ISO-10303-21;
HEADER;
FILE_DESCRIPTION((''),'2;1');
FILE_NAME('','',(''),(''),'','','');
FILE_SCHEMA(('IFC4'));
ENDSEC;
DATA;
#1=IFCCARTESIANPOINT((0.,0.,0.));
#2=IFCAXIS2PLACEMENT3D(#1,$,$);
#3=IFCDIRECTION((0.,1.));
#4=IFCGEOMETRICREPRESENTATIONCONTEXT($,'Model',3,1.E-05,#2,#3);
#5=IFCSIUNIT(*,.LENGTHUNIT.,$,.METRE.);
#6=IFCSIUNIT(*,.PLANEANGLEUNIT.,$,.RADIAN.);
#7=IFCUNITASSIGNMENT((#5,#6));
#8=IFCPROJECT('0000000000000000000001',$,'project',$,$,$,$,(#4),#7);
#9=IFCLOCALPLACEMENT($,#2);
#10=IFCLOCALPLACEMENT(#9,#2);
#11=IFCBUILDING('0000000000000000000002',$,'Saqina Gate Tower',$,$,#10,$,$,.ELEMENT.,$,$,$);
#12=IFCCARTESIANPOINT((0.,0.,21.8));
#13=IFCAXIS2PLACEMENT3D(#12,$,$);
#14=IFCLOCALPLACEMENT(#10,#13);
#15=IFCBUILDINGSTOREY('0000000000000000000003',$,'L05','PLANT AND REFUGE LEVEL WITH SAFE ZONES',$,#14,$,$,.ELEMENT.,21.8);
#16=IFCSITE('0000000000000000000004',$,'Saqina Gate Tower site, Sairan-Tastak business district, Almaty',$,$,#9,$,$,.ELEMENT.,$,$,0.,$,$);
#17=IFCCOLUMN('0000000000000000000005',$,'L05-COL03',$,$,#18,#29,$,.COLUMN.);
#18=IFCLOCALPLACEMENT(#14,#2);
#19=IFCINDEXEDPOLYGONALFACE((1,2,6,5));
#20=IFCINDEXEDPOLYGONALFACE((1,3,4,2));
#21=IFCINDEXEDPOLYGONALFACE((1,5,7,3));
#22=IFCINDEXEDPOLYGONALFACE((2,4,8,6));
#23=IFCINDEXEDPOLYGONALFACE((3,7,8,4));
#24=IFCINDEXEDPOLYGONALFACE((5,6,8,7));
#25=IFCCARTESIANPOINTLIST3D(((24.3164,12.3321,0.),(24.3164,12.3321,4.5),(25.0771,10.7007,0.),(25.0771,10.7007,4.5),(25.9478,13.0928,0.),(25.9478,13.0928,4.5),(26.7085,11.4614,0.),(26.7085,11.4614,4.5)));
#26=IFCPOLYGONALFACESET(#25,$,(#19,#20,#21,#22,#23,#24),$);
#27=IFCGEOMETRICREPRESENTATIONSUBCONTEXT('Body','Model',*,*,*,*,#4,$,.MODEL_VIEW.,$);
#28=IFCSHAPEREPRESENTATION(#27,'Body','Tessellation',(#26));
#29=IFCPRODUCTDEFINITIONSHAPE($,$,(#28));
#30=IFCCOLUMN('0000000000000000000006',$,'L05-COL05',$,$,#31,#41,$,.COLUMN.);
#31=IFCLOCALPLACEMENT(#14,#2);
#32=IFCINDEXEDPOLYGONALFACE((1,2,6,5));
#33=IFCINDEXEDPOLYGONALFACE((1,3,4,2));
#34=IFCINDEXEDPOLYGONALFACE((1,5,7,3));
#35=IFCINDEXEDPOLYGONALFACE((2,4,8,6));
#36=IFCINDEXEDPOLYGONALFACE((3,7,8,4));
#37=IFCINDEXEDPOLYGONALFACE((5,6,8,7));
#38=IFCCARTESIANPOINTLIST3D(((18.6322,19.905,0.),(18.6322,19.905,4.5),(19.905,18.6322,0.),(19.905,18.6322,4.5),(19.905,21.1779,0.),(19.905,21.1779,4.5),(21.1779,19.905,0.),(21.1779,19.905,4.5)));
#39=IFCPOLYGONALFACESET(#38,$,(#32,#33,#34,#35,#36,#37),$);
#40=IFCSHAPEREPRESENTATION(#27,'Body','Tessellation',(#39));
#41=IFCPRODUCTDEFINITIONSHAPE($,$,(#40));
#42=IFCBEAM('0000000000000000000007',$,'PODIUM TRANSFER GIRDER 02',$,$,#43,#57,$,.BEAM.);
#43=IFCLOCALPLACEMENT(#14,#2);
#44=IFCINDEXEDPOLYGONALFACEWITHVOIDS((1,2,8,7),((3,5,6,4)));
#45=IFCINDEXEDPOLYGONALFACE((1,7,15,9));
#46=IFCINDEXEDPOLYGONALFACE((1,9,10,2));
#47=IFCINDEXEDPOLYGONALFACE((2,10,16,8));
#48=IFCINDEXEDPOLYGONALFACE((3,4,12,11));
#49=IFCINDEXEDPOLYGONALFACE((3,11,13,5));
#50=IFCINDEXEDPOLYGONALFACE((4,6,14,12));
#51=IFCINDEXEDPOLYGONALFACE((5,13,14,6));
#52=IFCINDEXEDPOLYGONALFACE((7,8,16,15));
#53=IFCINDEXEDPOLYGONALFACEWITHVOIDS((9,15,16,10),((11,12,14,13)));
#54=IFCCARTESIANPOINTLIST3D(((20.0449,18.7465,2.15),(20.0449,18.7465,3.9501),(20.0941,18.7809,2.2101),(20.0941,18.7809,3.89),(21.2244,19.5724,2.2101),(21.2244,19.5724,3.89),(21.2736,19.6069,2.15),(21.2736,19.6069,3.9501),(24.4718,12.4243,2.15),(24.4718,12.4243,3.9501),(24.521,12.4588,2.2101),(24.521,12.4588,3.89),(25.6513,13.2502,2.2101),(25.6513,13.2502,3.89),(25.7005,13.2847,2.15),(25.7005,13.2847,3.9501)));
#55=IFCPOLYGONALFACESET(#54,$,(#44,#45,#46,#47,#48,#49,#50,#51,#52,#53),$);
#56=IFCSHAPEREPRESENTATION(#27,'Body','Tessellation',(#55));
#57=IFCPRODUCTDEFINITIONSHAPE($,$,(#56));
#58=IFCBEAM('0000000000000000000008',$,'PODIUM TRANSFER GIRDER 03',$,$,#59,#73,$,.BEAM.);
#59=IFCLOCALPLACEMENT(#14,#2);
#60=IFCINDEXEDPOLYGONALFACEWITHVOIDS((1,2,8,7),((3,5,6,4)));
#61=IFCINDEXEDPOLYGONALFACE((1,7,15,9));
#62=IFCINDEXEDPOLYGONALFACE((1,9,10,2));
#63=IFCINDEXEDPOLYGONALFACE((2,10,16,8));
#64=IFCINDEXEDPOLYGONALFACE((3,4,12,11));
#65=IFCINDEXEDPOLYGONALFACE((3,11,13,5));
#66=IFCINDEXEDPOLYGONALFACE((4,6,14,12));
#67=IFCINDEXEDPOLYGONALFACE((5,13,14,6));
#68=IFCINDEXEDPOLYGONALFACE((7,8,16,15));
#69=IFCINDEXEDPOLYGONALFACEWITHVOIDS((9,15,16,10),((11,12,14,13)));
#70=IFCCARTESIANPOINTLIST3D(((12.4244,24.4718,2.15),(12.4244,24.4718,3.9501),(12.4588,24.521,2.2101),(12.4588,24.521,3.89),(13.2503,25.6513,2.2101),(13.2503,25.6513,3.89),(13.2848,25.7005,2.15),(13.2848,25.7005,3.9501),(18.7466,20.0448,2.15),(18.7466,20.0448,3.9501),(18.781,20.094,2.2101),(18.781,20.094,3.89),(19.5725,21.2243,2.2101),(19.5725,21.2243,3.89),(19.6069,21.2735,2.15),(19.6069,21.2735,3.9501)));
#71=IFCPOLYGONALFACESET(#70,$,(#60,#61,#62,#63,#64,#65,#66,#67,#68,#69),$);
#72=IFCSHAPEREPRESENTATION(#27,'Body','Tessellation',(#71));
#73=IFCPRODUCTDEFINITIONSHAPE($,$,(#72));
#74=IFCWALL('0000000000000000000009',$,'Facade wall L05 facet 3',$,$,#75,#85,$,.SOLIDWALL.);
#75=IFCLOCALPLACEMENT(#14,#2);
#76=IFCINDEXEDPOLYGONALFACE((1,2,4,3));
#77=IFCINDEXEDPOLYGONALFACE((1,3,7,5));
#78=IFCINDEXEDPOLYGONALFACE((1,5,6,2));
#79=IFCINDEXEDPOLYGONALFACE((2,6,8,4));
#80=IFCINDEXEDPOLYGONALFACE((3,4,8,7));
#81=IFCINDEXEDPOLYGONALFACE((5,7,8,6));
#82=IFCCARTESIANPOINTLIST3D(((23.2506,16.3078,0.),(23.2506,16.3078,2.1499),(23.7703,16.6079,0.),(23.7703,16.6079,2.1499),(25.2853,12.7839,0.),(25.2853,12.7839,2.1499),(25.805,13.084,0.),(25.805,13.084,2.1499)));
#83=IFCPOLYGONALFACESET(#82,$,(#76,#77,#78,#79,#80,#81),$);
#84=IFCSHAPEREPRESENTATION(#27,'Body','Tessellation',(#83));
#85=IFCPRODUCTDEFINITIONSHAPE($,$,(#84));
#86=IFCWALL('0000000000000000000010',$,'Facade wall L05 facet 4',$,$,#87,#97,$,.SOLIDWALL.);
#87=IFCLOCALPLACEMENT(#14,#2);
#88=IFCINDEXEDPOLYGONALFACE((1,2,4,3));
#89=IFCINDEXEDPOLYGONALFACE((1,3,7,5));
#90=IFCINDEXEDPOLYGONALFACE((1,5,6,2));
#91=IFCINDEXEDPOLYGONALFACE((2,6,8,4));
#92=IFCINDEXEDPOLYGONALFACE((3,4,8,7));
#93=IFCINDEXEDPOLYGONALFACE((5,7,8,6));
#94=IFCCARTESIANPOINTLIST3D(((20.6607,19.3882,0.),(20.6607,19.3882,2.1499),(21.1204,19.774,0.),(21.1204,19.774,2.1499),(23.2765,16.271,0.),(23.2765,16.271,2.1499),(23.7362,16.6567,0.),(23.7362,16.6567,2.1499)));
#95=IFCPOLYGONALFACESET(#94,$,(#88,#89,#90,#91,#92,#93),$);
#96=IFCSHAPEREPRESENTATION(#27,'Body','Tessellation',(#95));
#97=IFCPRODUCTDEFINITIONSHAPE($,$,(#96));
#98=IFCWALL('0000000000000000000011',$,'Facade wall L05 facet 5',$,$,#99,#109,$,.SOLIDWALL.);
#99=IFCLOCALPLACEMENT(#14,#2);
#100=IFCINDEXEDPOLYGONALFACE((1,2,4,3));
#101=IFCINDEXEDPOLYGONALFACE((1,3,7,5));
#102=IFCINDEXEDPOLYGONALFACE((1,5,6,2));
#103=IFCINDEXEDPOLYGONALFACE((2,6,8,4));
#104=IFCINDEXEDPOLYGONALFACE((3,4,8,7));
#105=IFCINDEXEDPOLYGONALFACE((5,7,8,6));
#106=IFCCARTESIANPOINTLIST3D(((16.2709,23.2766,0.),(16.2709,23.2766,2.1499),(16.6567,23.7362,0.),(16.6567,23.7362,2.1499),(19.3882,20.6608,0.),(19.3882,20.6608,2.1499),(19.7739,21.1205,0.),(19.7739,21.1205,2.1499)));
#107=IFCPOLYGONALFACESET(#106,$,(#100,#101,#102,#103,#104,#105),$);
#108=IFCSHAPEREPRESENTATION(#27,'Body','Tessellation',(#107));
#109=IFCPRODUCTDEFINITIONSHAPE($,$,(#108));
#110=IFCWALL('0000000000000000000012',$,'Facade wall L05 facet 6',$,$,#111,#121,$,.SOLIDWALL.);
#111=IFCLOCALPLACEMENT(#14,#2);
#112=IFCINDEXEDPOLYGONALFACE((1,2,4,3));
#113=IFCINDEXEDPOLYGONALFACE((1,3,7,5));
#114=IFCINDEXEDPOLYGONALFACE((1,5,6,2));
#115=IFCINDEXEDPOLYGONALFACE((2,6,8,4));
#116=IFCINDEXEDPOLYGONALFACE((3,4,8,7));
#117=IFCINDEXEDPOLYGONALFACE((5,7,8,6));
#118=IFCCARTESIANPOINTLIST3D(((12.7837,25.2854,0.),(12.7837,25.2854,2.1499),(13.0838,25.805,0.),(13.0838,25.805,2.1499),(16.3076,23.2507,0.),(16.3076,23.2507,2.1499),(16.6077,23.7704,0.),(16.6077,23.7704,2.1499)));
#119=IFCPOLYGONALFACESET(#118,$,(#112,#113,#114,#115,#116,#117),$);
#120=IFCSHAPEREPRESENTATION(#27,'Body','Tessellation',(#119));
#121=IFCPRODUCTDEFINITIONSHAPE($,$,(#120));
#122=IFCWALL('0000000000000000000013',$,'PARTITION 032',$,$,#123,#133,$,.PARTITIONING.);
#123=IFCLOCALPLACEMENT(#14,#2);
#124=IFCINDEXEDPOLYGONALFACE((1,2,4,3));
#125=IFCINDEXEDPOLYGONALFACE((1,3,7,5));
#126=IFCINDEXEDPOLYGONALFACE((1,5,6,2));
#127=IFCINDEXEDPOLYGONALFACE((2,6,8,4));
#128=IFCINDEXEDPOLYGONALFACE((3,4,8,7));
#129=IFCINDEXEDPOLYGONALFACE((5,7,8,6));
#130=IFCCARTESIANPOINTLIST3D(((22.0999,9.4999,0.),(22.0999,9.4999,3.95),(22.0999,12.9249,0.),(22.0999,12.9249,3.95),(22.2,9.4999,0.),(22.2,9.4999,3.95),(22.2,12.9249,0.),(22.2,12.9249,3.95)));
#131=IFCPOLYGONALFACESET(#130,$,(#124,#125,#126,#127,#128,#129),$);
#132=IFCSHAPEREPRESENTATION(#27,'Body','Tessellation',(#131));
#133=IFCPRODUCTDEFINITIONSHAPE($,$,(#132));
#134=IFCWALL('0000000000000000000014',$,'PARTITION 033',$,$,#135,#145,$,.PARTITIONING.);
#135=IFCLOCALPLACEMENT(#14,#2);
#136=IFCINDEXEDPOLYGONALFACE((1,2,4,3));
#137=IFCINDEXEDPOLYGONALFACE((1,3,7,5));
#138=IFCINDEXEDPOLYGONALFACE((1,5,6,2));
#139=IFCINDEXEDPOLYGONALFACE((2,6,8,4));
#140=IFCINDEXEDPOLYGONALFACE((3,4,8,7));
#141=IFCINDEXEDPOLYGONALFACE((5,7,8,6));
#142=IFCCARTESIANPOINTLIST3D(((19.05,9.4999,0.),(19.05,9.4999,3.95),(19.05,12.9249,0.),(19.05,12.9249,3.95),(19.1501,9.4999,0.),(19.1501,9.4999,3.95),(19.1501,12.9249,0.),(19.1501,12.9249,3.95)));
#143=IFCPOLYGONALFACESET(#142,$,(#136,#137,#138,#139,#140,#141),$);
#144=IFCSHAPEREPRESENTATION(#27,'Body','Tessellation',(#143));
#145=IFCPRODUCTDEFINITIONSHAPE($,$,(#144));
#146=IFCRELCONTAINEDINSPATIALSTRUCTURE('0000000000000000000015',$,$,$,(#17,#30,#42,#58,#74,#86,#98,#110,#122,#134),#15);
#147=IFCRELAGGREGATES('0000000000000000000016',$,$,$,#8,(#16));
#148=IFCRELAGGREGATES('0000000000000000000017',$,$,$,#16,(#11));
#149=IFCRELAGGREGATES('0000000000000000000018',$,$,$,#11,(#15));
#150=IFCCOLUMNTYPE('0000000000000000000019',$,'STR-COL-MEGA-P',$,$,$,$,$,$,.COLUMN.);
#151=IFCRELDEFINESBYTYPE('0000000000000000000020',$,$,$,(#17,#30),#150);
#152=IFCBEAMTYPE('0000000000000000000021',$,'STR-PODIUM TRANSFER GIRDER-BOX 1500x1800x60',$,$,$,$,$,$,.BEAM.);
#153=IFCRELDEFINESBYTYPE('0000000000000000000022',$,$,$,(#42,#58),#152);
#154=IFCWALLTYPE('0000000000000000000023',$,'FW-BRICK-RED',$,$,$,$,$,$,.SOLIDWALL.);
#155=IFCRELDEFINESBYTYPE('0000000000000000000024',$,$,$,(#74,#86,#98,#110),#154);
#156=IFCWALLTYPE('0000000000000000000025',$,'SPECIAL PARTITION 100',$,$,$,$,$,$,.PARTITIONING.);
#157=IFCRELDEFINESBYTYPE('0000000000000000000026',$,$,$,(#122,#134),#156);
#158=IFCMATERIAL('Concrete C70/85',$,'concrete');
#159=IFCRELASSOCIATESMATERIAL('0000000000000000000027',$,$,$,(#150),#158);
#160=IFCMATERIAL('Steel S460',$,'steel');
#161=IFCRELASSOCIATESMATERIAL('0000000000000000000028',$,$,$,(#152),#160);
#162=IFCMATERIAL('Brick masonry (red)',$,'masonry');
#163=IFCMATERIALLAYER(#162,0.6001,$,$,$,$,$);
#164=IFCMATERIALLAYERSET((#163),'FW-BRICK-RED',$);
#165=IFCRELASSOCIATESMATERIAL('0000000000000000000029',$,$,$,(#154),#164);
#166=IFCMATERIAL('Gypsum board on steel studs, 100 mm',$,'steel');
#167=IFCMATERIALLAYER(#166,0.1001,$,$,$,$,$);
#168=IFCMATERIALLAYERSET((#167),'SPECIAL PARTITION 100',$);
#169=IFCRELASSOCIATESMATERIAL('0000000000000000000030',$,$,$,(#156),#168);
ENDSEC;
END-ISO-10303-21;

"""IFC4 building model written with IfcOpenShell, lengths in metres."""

from ifc_helpers import new_model, si_unit, direction, frame, frame_2d, origin, origin_2d, place, context, subcontext, project, spatial, rectangle, hollow_rectangle, extrude, material, layer, layer_set, material_profile, profile_set, type_object, element, save


model = new_model("IFC4")

# Units and contexts
model_context = context("Model", 3, precision=1e-05, world=origin(), true_north=direction((0.0, 1.0)))
body_context = subcontext(model_context, "Body", "Model", "MODEL_VIEW")
ifc_project = project(units=[si_unit("LENGTHUNIT", "METRE"), si_unit("PLANEANGLEUNIT", "RADIAN")], contexts=[model_context])

# Site, building, storey
site_placement = place(None, origin())
site = spatial("IfcSite", under=ifc_project, at=site_placement, Name="Saqina Gate Tower site, Sairan-Tastak business district, Almaty", CompositionType="ELEMENT", RefElevation=0.0)
building_placement = place(site_placement, origin())
building = spatial("IfcBuilding", under=site, at=building_placement, Name="Saqina Gate Tower", CompositionType="ELEMENT")
storey_placement = place(building_placement, frame((0.0, 0.0, 21.8)))
storey = spatial("IfcBuildingStorey", under=building, at=storey_placement, Name="L05", Description="PLANT AND REFUGE LEVEL WITH SAFE ZONES", CompositionType="ELEMENT", Elevation=21.8)

# Columns
ifc_material_1 = material(Name="Concrete C70/85", Category="concrete")
ifc_material_profile_1 = material_profile(ifc_material_1, rectangle(XDim=1.8, YDim=1.8, at=origin_2d()), Name="RC 1800x1800")
ifc_profile_set_1 = profile_set([ifc_material_profile_1], Name="Concrete C70/85")
column_type = type_object("IfcColumnType", Name="STR-COL-MEGA-P", PredefinedType="COLUMN", material=ifc_profile_set_1)
for number, where, z_axis, x_axis, name in (
    (1, (25.5125, 11.8967, 0.0), (0.0, 0.0, 1.0), (0.906308, 0.422618, 0.0), "L05-COL03"),
    (2, (19.905, 19.905, 0.0), (0.0, 0.0, 1.0), (0.707107, 0.707107, 0.0), "L05-COL05"),
):
    element("IfcColumn", number, at=place(storey_placement, frame(where, z_axis=z_axis, x_axis=x_axis)), inside=storey, type_object=column_type, Name=name, PredefinedType="COLUMN", context=body_context, shape_type="SweptSolid", body=[
        extrude(rectangle(XDim=1.8, YDim=1.8, at=origin_2d()), origin(), (0.0, 0.0, 1.0), 4.5),
    ])

# Beams
ifc_material_2 = material(Name="Steel S460", Category="steel")
ifc_material_profile_2 = material_profile(ifc_material_2, hollow_rectangle(XDim=1.5, YDim=1.8, WallThickness=0.0601, at=origin_2d()), Name="BOX 1500x1800x60")
ifc_profile_set_2 = profile_set([ifc_material_profile_2], Name="Steel S460")
beam_type = type_object("IfcBeamType", Name="STR-PODIUM TRANSFER GIRDER-BOX 1500x1800x60", PredefinedType="BEAM", material=ifc_profile_set_2)
for number, where, z_axis, x_axis, name in (
    (3, (25.0862, 12.8545, 3.05), (-0.573585, 0.819146, 0.0), (-0.819146, -0.573585, 0.0), "PODIUM TRANSFER GIRDER 02"),
    (4, (19.1768, 20.6592, 3.05), (-0.819146, 0.573585, 0.0), (-0.573585, -0.819146, 0.0), "PODIUM TRANSFER GIRDER 03"),
):
    element("IfcBeam", number, at=place(storey_placement, frame(where, z_axis=z_axis, x_axis=x_axis)), inside=storey, type_object=beam_type, Name=name, PredefinedType="BEAM", context=body_context, shape_type="SweptSolid", body=[
        extrude(hollow_rectangle(XDim=1.5, YDim=1.8, WallThickness=0.0601, at=origin_2d()), origin(), (0.0, 0.0, 1.0), 7.718),
    ])

# Walls
ifc_material_3 = material(Name="Brick masonry (red)", Category="masonry")
ifc_layer_1 = layer(ifc_material_3, 0.6001)
ifc_layer_set_1 = layer_set([ifc_layer_1], Name="FW-BRICK-RED")
wall_type_1 = type_object("IfcWallType", Name="FW-BRICK-RED", PredefinedType="SOLIDWALL", material=ifc_layer_set_1)
wall_1_placement = place(storey_placement, frame((25.5452, 12.9338, 0.0), z_axis=(0.0, 0.0, 1.0), x_axis=(-0.500024, 0.866012, 0.0)))
element("IfcWall", 5, at=wall_1_placement, inside=storey, type_object=wall_type_1, Name="Facade wall L05 facet 3", PredefinedType="SOLIDWALL", context=body_context, shape_type="SweptSolid", body=[
    extrude(rectangle(XDim=4.0691, YDim=0.6001, at=frame_2d((2.0347, 0.0))), origin(), (0.0, 0.0, 1.0), 2.1499),
])
for number, where, z_axis, x_axis, name in (
    (6, (23.5063, 16.4639, 0.0), (0.0, 0.0, 1.0), (-0.642801, 0.766033, 0.0), "Facade wall L05 facet 4"),
    (7, (19.5811, 20.8906, 0.0), (0.0, 0.0, 1.0), (-0.766033, 0.642801, 0.0), "Facade wall L05 facet 5"),
):
    element("IfcWall", number, at=place(storey_placement, frame(where, z_axis=z_axis, x_axis=x_axis)), inside=storey, type_object=wall_type_1, Name=name, PredefinedType="SOLIDWALL", context=body_context, shape_type="SweptSolid", body=[
        extrude(rectangle(XDim=4.0693, YDim=0.6001, at=frame_2d((2.0347, 0.0))), origin(), (0.0, 0.0, 1.0), 2.1499),
    ])
wall_2_placement = place(storey_placement, frame((16.4578, 23.5105, 0.0), z_axis=(0.0, 0.0, 1.0), x_axis=(-0.866012, 0.500024, 0.0)))
element("IfcWall", 8, at=wall_2_placement, inside=storey, type_object=wall_type_1, Name="Facade wall L05 facet 6", PredefinedType="SOLIDWALL", context=body_context, shape_type="SweptSolid", body=[
    extrude(rectangle(XDim=4.0691, YDim=0.6001, at=frame_2d((2.0347, 0.0))), origin(), (0.0, 0.0, 1.0), 2.1499),
])
ifc_material_4 = material(Name="Gypsum board on steel studs, 100 mm", Category="steel")
ifc_layer_2 = layer(ifc_material_4, 0.1001)
ifc_layer_set_2 = layer_set([ifc_layer_2], Name="SPECIAL PARTITION 100")
wall_type_2 = type_object("IfcWallType", Name="SPECIAL PARTITION 100", PredefinedType="PARTITIONING", material=ifc_layer_set_2)
for number, where, z_axis, x_axis, name in (
    (9, (22.1499, 9.5, 0.0), (0.0, 0.0, 1.0), (0.0, 1.0, 0.0), "PARTITION 032"),
    (10, (19.1001, 9.5, 0.0), (0.0, 0.0, 1.0), (0.0, 1.0, 0.0), "PARTITION 033"),
):
    element("IfcWall", number, at=place(storey_placement, frame(where, z_axis=z_axis, x_axis=x_axis)), inside=storey, type_object=wall_type_2, Name=name, PredefinedType="PARTITIONING", context=body_context, shape_type="SweptSolid", body=[
        extrude(rectangle(XDim=3.425, YDim=0.1001, at=frame_2d((1.7124, 0.0))), origin(), (0.0, 0.0, 1.0), 3.95),
    ])

save(model, "model.ifc")
